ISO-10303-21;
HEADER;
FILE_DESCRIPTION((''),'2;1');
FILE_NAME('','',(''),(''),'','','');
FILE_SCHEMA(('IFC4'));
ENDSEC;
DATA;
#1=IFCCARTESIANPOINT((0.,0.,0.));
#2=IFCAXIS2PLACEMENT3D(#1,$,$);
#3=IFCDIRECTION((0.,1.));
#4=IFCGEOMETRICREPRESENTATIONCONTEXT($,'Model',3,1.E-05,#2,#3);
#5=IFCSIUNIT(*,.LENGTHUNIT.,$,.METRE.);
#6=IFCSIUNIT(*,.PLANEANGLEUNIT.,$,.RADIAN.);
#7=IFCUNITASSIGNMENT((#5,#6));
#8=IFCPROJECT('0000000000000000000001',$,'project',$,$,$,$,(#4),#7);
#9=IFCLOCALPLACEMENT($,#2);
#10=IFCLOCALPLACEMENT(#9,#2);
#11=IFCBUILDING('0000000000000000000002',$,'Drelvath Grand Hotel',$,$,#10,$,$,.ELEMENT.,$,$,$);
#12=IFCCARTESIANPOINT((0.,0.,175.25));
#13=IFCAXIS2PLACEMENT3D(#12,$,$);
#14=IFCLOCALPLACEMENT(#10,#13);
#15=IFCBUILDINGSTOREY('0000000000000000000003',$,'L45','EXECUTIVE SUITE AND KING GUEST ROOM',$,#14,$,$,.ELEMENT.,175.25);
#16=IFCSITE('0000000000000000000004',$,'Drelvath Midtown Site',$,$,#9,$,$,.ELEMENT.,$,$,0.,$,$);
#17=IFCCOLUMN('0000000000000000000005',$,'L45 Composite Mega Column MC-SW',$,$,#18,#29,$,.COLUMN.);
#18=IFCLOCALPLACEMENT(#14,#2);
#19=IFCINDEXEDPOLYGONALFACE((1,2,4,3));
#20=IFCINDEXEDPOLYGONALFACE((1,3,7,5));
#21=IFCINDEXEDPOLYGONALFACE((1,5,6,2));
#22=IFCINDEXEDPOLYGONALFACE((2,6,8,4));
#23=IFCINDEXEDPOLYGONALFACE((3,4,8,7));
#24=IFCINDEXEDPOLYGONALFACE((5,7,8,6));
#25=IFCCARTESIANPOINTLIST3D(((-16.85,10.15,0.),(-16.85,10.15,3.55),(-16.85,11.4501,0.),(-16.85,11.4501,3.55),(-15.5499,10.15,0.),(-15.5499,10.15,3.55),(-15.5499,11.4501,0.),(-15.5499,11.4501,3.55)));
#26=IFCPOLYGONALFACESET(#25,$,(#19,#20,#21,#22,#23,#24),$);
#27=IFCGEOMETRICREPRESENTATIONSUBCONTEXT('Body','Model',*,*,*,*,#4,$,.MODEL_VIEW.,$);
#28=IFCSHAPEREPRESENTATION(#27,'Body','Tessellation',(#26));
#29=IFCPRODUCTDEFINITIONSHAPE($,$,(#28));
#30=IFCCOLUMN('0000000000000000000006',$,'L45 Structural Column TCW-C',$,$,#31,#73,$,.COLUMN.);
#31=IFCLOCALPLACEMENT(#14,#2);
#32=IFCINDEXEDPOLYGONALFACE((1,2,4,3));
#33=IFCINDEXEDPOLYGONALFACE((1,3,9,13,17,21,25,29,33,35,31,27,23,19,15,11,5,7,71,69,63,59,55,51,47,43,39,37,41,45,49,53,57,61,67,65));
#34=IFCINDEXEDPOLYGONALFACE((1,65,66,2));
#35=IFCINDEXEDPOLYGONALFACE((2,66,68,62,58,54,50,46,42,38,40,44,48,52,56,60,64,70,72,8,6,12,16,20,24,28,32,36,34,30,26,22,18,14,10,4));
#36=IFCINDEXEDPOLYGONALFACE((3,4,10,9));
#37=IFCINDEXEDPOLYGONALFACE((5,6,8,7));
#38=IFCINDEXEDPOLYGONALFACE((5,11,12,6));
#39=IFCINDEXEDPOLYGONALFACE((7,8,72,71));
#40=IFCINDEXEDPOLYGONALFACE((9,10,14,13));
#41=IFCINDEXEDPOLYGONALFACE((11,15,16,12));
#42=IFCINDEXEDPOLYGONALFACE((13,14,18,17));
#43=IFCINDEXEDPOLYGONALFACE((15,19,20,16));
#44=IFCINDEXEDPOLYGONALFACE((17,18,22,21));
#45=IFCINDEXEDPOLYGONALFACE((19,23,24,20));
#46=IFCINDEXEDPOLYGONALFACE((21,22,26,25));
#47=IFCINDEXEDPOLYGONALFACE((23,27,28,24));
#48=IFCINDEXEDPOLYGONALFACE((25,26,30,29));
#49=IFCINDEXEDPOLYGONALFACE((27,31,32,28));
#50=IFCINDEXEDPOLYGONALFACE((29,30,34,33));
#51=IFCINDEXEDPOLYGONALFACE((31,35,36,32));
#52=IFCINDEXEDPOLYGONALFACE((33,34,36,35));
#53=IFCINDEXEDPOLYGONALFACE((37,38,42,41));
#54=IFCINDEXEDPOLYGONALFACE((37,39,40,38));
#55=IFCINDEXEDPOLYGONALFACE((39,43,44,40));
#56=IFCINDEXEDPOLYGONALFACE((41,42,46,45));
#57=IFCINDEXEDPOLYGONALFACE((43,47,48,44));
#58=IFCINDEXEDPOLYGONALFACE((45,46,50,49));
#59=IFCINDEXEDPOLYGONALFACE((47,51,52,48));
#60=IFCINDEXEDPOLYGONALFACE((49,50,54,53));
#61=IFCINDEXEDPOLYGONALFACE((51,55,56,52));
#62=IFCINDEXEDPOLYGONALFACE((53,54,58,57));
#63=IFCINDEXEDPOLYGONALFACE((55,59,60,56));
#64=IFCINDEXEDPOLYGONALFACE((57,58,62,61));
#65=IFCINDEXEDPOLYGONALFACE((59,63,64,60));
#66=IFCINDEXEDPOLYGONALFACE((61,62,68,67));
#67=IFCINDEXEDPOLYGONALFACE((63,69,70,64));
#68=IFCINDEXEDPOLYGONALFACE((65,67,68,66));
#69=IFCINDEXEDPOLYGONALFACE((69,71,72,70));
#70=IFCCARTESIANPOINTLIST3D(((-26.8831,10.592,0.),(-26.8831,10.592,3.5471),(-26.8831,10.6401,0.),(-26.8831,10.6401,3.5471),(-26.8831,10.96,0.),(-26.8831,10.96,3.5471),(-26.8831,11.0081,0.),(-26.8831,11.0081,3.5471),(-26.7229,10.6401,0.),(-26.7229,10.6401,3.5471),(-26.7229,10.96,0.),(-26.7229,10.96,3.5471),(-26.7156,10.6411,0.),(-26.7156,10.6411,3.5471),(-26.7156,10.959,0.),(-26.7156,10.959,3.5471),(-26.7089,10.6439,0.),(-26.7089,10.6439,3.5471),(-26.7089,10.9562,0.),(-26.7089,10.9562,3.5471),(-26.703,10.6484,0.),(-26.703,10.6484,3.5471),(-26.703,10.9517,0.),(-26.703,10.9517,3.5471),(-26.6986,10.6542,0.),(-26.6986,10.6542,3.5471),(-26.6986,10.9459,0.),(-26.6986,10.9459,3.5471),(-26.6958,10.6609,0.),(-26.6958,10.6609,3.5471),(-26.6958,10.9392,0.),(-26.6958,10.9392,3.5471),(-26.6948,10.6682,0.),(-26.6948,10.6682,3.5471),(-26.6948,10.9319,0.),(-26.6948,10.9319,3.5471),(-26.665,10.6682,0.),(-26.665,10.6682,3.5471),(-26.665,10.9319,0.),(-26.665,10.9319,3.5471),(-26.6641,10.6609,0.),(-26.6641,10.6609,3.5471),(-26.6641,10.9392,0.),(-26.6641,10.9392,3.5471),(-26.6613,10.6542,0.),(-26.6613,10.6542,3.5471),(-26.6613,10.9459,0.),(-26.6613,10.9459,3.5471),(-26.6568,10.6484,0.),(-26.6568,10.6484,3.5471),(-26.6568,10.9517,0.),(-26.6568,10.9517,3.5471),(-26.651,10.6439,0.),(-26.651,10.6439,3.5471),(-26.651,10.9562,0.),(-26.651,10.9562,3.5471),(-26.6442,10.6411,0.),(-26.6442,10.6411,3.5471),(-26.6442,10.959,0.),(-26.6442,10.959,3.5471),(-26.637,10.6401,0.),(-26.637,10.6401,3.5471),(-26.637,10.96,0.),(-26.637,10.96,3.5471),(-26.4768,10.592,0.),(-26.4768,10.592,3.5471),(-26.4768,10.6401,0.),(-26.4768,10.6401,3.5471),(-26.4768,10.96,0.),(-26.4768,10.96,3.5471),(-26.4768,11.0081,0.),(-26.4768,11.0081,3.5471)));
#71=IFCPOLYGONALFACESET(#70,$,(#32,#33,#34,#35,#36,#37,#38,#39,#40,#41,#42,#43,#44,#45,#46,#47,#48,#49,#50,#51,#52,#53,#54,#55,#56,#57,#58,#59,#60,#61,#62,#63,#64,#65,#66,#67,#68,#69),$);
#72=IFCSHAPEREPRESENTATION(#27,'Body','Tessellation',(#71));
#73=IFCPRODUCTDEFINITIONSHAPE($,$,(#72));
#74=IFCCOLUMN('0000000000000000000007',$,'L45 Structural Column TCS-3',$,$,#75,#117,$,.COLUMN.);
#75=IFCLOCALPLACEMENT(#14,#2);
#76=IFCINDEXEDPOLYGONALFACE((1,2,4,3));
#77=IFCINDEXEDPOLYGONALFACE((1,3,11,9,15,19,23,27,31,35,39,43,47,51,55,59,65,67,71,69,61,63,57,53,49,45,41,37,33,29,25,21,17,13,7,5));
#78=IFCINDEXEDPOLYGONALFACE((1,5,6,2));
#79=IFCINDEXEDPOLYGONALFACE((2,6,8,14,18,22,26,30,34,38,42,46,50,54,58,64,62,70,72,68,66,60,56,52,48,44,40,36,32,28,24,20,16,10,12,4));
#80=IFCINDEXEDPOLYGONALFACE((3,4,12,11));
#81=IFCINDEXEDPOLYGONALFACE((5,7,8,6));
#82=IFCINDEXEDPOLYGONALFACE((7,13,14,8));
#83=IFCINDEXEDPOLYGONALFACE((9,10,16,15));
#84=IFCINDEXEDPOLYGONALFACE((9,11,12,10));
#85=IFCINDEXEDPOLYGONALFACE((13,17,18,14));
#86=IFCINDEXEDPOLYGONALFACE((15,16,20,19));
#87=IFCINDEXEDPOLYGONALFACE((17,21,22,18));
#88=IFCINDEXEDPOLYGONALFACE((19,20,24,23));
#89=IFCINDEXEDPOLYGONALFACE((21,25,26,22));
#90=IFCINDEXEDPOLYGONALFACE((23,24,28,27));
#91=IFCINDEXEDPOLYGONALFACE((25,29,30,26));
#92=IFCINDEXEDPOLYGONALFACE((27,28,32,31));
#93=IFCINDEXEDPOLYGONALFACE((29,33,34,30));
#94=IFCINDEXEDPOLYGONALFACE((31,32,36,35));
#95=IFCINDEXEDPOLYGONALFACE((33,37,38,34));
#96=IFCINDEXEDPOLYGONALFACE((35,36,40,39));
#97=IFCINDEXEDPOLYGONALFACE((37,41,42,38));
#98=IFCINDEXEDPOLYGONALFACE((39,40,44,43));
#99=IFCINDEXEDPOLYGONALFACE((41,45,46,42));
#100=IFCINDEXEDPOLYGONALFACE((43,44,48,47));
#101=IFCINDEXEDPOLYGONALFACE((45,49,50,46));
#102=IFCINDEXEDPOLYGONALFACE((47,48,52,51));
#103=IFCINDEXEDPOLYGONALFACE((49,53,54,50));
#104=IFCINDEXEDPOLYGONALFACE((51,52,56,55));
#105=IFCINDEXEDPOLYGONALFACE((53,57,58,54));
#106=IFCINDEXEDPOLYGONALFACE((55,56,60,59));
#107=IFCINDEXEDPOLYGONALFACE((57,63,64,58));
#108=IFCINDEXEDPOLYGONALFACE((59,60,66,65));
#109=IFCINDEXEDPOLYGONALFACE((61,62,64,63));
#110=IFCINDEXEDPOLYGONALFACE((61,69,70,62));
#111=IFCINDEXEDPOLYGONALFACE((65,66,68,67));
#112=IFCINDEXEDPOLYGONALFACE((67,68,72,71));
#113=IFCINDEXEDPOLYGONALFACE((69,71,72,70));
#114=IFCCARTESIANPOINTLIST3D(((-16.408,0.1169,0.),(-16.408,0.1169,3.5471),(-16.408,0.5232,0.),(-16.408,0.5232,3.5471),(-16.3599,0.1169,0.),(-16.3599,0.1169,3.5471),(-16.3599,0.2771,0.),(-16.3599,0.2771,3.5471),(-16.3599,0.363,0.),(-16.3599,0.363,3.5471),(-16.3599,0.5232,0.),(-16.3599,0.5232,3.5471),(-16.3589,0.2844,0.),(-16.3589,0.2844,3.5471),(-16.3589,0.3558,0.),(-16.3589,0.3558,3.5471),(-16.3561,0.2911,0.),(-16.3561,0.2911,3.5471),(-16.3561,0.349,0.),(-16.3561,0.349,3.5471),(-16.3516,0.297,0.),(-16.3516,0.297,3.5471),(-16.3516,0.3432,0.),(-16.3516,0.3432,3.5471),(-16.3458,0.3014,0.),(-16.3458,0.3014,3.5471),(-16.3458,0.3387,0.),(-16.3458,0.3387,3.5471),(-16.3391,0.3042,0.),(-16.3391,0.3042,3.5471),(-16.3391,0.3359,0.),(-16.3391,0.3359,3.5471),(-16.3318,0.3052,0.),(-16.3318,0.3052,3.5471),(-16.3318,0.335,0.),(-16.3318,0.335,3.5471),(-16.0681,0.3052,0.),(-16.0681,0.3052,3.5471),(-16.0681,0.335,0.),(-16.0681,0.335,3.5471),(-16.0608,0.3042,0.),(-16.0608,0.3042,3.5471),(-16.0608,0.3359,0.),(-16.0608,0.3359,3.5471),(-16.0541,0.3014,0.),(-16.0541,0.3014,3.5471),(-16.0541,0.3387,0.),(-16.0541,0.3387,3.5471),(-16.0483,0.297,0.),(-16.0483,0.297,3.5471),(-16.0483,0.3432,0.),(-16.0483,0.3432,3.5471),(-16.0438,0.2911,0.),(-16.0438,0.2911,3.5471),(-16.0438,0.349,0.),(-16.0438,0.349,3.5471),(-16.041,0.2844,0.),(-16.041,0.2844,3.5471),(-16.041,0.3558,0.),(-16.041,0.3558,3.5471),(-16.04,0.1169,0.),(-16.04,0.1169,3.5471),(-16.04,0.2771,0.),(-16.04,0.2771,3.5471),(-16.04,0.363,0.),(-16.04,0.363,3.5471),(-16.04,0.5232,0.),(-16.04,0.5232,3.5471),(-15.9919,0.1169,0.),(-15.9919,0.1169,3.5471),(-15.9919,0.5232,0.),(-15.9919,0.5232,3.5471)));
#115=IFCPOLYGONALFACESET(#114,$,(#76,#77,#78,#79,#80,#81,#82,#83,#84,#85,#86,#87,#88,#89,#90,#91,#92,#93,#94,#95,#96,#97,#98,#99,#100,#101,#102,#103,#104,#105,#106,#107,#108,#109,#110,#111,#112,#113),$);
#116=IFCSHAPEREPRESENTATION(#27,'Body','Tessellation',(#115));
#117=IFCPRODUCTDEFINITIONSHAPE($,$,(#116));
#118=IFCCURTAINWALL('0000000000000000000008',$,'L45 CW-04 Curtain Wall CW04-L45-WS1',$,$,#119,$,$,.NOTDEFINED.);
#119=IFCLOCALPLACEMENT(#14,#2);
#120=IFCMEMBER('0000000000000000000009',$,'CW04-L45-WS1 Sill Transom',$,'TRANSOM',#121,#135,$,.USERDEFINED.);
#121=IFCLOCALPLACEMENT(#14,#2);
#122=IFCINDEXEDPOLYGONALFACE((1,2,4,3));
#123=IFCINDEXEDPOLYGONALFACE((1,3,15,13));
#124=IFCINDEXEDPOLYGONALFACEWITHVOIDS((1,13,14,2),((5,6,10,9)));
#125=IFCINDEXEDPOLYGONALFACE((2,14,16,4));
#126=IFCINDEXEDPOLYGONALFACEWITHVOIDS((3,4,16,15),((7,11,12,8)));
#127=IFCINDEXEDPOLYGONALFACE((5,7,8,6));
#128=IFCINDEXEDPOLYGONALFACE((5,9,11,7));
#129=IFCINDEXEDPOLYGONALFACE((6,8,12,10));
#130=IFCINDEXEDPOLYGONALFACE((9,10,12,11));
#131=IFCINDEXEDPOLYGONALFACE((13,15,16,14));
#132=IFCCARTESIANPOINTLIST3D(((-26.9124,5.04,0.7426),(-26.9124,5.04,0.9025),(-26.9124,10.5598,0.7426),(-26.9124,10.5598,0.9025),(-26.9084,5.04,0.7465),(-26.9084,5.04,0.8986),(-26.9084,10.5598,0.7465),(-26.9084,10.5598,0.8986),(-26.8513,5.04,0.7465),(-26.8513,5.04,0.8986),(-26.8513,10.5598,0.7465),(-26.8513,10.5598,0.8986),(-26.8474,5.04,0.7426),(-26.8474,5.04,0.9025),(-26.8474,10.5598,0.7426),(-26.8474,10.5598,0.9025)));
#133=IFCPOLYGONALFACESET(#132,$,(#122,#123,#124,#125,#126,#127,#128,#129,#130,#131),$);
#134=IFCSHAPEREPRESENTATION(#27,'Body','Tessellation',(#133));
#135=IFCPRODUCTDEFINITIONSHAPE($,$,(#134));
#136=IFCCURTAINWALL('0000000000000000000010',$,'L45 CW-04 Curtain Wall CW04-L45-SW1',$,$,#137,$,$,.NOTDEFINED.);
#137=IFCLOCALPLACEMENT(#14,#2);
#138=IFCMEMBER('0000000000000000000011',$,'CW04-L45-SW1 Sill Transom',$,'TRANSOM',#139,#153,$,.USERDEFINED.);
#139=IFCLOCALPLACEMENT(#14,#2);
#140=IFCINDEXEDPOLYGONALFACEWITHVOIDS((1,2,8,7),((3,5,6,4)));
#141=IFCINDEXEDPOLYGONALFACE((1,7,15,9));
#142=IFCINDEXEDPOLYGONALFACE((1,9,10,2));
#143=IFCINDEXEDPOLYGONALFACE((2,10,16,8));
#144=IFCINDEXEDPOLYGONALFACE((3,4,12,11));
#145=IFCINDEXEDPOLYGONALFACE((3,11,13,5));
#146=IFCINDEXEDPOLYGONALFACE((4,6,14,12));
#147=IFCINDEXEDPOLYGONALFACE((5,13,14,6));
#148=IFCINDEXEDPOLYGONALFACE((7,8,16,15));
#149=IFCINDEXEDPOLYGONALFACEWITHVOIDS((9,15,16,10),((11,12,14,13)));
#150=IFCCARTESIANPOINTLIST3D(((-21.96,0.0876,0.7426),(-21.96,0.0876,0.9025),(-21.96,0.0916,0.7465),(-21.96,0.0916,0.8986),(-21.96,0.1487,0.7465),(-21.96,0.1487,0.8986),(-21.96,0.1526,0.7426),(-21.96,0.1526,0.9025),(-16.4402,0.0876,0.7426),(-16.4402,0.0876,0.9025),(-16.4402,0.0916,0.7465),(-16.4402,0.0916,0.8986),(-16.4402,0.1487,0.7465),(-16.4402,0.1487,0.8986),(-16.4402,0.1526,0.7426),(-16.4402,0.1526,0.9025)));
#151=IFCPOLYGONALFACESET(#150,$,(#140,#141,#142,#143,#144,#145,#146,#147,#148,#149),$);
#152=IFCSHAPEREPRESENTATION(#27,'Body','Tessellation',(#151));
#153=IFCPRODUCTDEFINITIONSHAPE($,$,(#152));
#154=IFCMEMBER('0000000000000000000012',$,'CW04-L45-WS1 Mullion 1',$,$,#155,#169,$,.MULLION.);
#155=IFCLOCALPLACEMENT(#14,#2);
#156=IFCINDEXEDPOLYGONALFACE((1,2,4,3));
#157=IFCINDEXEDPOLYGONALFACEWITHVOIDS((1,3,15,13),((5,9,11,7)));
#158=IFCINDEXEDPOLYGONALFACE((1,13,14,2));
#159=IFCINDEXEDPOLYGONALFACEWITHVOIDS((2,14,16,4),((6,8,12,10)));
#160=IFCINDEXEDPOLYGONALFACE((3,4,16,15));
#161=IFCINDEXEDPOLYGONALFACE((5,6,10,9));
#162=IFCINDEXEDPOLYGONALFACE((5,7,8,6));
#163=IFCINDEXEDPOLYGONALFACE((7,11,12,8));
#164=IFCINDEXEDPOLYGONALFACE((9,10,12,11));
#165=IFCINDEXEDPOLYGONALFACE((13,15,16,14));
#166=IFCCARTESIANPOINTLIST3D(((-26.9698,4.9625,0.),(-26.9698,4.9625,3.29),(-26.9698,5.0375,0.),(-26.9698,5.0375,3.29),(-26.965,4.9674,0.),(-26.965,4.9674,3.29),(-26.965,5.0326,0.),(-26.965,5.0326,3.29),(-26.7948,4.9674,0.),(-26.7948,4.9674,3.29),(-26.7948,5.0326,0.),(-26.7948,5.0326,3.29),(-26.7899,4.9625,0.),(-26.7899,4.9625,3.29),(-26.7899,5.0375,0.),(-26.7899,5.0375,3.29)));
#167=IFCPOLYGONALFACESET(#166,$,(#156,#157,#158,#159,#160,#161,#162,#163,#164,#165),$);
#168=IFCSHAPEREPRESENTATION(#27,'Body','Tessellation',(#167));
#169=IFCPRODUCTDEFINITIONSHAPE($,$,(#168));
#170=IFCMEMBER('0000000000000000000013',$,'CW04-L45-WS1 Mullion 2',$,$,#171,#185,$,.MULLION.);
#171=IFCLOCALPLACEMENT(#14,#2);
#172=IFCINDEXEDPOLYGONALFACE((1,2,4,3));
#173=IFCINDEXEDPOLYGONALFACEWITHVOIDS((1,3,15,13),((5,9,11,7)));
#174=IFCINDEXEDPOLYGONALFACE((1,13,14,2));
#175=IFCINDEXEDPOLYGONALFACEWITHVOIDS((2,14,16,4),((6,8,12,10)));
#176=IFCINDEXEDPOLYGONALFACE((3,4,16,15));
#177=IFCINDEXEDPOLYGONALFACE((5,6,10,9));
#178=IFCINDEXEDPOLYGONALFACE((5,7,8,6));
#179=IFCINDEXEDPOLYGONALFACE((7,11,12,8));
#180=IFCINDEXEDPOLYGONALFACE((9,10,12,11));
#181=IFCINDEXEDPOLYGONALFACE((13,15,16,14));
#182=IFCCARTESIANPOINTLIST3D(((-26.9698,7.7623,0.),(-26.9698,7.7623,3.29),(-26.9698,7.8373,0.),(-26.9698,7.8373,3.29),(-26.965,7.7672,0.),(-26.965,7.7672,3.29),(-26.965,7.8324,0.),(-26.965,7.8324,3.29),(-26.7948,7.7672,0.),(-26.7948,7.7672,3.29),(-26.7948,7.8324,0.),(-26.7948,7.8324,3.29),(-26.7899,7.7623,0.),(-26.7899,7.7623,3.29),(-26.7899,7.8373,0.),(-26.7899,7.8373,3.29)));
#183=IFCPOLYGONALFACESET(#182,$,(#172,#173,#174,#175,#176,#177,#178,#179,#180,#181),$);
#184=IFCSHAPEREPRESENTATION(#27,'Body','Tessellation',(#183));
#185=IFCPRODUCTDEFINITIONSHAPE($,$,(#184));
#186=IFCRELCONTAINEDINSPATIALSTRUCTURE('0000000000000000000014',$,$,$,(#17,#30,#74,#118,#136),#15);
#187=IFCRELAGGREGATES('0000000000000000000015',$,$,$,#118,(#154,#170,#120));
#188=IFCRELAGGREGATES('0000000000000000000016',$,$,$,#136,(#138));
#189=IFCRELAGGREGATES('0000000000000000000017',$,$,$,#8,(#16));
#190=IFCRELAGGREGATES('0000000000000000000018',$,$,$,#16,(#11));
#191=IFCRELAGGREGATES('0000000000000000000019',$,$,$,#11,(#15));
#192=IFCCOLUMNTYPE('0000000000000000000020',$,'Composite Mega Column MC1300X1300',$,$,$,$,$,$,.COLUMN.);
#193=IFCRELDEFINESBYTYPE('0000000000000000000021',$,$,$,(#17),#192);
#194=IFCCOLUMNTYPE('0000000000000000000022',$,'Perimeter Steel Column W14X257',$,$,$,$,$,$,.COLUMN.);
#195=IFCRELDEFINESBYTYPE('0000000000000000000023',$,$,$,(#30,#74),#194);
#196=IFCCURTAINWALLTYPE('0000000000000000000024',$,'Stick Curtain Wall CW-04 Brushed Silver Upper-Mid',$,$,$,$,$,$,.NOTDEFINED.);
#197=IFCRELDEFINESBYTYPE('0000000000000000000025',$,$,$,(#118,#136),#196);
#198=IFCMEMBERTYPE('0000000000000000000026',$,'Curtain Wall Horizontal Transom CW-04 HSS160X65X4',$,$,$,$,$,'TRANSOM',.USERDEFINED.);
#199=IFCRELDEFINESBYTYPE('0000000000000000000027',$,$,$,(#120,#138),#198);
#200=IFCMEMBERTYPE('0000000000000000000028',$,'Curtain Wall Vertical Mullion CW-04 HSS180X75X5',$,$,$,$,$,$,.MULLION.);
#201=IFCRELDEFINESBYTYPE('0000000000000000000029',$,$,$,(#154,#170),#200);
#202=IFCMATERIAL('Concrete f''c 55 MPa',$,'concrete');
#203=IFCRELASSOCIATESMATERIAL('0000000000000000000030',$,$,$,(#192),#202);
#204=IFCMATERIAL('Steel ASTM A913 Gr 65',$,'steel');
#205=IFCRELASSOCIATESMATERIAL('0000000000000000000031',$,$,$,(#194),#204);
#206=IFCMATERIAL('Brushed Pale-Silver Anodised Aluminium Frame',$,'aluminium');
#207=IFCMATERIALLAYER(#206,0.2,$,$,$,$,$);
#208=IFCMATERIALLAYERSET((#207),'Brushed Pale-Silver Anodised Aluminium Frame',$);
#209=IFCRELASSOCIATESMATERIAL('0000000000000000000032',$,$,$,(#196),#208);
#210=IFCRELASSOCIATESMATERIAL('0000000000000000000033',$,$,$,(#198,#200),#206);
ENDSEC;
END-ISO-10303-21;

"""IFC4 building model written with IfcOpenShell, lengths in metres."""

from ifc_helpers import new_model, si_unit, direction, frame, origin, origin_2d, place, context, subcontext, project, spatial, rectangle, hollow_rectangle, i_section, extrude, material, layer, layer_set, material_profile, profile_set, type_object, element, aggregate, save


model = new_model("IFC4")

# Units and contexts
model_context = context("Model", 3, precision=1e-05, world=origin(), true_north=direction((0.0, 1.0)))
body_context = subcontext(model_context, "Body", "Model", "MODEL_VIEW")
ifc_project = project(units=[si_unit("LENGTHUNIT", "METRE"), si_unit("PLANEANGLEUNIT", "RADIAN")], contexts=[model_context])

# Site, building, storey
site_placement = place(None, origin())
site = spatial("IfcSite", under=ifc_project, at=site_placement, Name="Drelvath Midtown Site", CompositionType="ELEMENT", RefElevation=0.0)
building_placement = place(site_placement, origin())
building = spatial("IfcBuilding", under=site, at=building_placement, Name="Drelvath Grand Hotel", CompositionType="ELEMENT")
storey_placement = place(building_placement, frame((0.0, 0.0, 175.25)))
storey = spatial("IfcBuildingStorey", under=building, at=storey_placement, Name="L45", Description="EXECUTIVE SUITE AND KING GUEST ROOM", CompositionType="ELEMENT", Elevation=175.25)

# Columns
ifc_material_1 = material(Name="Concrete f'c 55 MPa", Category="concrete")
ifc_material_profile_1 = material_profile(ifc_material_1, rectangle(XDim=1.3, YDim=1.3, at=origin_2d()), Name="MC1300X1300")
ifc_profile_set_1 = profile_set([ifc_material_profile_1], Name="Concrete f'c 55 MPa")
column_type_1 = type_object("IfcColumnType", Name="Composite Mega Column MC1300X1300", PredefinedType="COLUMN", material=ifc_profile_set_1)
column_placement = place(storey_placement, frame((-16.2, 10.8, 0.0), z_axis=(0.0, 0.0, 1.0), x_axis=(1.0, 0.0, 0.0)))
element("IfcColumn", 1, at=column_placement, inside=storey, type_object=column_type_1, Name="L45 Composite Mega Column MC-SW", PredefinedType="COLUMN", context=body_context, shape_type="SweptSolid", body=[
    extrude(rectangle(XDim=1.3, YDim=1.3, at=origin_2d()), origin(), (0.0, 0.0, 1.0), 3.55),
])
ifc_material_2 = material(Name="Steel ASTM A913 Gr 65", Category="steel")
ifc_material_profile_2 = material_profile(ifc_material_2, i_section(OverallWidth=0.4062, OverallDepth=0.416, WebThickness=0.0298, FlangeThickness=0.0481, FilletRadius=0.0281, at=origin_2d()), Name="W14X257")
ifc_profile_set_2 = profile_set([ifc_material_profile_2], Name="Steel ASTM A913 Gr 65")
column_type_2 = type_object("IfcColumnType", Name="Perimeter Steel Column W14X257", PredefinedType="COLUMN", material=ifc_profile_set_2)
for number, where, z_axis, x_axis, name in (
    (2, (-26.6799, 10.8, 0.0), (0.0, 0.0, 1.0), (1.0, 0.0, 0.0), "L45 Structural Column TCW-C"),
    (3, (-16.2, 0.3201, 0.0), (0.0, 0.0, 1.0), (0.0, 1.0, 0.0), "L45 Structural Column TCS-3"),
):
    element("IfcColumn", number, at=place(storey_placement, frame(where, z_axis=z_axis, x_axis=x_axis)), inside=storey, type_object=column_type_2, Name=name, PredefinedType="COLUMN", context=body_context, shape_type="SweptSolid", body=[
        extrude(i_section(OverallWidth=0.4062, OverallDepth=0.416, WebThickness=0.0298, FlangeThickness=0.0481, FilletRadius=0.0281, at=origin_2d()), origin(), (0.0, 0.0, 1.0), 3.5471),
    ])

# Curtain walls, members
ifc_material_3 = material(Name="Brushed Pale-Silver Anodised Aluminium Frame", Category="aluminium")
ifc_layer_1 = layer(ifc_material_3, 0.2)
ifc_layer_set_1 = layer_set([ifc_layer_1], Name="Brushed Pale-Silver Anodised Aluminium Frame")
curtain_wall_type = type_object("IfcCurtainWallType", Name="Stick Curtain Wall CW-04 Brushed Silver Upper-Mid", PredefinedType="NOTDEFINED", material=ifc_layer_set_1)
curtain_wall_1_placement = place(storey_placement, origin())
curtain_wall_1 = element("IfcCurtainWall", 4, at=curtain_wall_1_placement, inside=storey, type_object=curtain_wall_type, Name="L45 CW-04 Curtain Wall CW04-L45-WS1", PredefinedType="NOTDEFINED")
ifc_material_profile_3 = material_profile(ifc_material_3, hollow_rectangle(XDim=0.0649, YDim=0.1599, WallThickness=0.0039, at=origin_2d()), Name="HSS160X65X4")
ifc_profile_set_3 = profile_set([ifc_material_profile_3], Name="Brushed Pale-Silver Anodised Aluminium Frame")
member_type_1 = type_object("IfcMemberType", Name="Curtain Wall Horizontal Transom CW-04 HSS160X65X4", ElementType="TRANSOM", PredefinedType="USERDEFINED", material=ifc_profile_set_3)
member_1_placement = place(storey_placement, frame((-26.8799, 5.04, 0.8225), z_axis=(0.0, 1.0, 0.0), x_axis=(-1.0, 0.0, 0.0)))
member_1 = element("IfcMember", 5, at=member_1_placement, type_object=member_type_1, Name="CW04-L45-WS1 Sill Transom", ObjectType="TRANSOM", PredefinedType="USERDEFINED", context=body_context, shape_type="SweptSolid", body=[
    extrude(hollow_rectangle(XDim=0.0649, YDim=0.1599, WallThickness=0.0039, at=origin_2d()), origin(), (0.0, 0.0, 1.0), 5.5198),
])
curtain_wall_2_placement = place(storey_placement, origin())
curtain_wall_2 = element("IfcCurtainWall", 6, at=curtain_wall_2_placement, inside=storey, type_object=curtain_wall_type, Name="L45 CW-04 Curtain Wall CW04-L45-SW1", PredefinedType="NOTDEFINED")
member_2_placement = place(storey_placement, frame((-16.4402, 0.1201, 0.8225), z_axis=(-1.0, 0.0, 0.0), x_axis=(0.0, -1.0, 0.0)))
member_2 = element("IfcMember", 7, at=member_2_placement, type_object=member_type_1, Name="CW04-L45-SW1 Sill Transom", ObjectType="TRANSOM", PredefinedType="USERDEFINED", context=body_context, shape_type="SweptSolid", body=[
    extrude(hollow_rectangle(XDim=0.0649, YDim=0.1599, WallThickness=0.0039, at=origin_2d()), origin(), (0.0, 0.0, 1.0), 5.5198),
])

# Members
ifc_material_profile_4 = material_profile(ifc_material_3, hollow_rectangle(XDim=0.075, YDim=0.1799, WallThickness=0.0049, at=origin_2d()), Name="HSS180X75X5")
ifc_profile_set_4 = profile_set([ifc_material_profile_4], Name="Brushed Pale-Silver Anodised Aluminium Frame")
member_type_2 = type_object("IfcMemberType", Name="Curtain Wall Vertical Mullion CW-04 HSS180X75X5", PredefinedType="MULLION", material=ifc_profile_set_4)
member_3_placement = place(storey_placement, frame((-26.8799, 5.0, 0.0), z_axis=(0.0, 0.0, 1.0), x_axis=(0.0, 1.0, 0.0)))
member_3 = element("IfcMember", 8, at=member_3_placement, type_object=member_type_2, Name="CW04-L45-WS1 Mullion 1", PredefinedType="MULLION", context=body_context, shape_type="SweptSolid", body=[
    extrude(hollow_rectangle(XDim=0.075, YDim=0.1799, WallThickness=0.0049, at=origin_2d()), origin(), (0.0, 0.0, 1.0), 3.29),
])
member_4_placement = place(storey_placement, frame((-26.8799, 7.7998, 0.0), z_axis=(0.0, 0.0, 1.0), x_axis=(0.0, 1.0, 0.0)))
member_4 = element("IfcMember", 9, at=member_4_placement, type_object=member_type_2, Name="CW04-L45-WS1 Mullion 2", PredefinedType="MULLION", context=body_context, shape_type="SweptSolid", body=[
    extrude(hollow_rectangle(XDim=0.075, YDim=0.1799, WallThickness=0.0049, at=origin_2d()), origin(), (0.0, 0.0, 1.0), 3.29),
])

aggregate(curtain_wall_1, [member_3, member_4, member_1])
aggregate(curtain_wall_2, [member_2])

save(model, "model.ifc")
